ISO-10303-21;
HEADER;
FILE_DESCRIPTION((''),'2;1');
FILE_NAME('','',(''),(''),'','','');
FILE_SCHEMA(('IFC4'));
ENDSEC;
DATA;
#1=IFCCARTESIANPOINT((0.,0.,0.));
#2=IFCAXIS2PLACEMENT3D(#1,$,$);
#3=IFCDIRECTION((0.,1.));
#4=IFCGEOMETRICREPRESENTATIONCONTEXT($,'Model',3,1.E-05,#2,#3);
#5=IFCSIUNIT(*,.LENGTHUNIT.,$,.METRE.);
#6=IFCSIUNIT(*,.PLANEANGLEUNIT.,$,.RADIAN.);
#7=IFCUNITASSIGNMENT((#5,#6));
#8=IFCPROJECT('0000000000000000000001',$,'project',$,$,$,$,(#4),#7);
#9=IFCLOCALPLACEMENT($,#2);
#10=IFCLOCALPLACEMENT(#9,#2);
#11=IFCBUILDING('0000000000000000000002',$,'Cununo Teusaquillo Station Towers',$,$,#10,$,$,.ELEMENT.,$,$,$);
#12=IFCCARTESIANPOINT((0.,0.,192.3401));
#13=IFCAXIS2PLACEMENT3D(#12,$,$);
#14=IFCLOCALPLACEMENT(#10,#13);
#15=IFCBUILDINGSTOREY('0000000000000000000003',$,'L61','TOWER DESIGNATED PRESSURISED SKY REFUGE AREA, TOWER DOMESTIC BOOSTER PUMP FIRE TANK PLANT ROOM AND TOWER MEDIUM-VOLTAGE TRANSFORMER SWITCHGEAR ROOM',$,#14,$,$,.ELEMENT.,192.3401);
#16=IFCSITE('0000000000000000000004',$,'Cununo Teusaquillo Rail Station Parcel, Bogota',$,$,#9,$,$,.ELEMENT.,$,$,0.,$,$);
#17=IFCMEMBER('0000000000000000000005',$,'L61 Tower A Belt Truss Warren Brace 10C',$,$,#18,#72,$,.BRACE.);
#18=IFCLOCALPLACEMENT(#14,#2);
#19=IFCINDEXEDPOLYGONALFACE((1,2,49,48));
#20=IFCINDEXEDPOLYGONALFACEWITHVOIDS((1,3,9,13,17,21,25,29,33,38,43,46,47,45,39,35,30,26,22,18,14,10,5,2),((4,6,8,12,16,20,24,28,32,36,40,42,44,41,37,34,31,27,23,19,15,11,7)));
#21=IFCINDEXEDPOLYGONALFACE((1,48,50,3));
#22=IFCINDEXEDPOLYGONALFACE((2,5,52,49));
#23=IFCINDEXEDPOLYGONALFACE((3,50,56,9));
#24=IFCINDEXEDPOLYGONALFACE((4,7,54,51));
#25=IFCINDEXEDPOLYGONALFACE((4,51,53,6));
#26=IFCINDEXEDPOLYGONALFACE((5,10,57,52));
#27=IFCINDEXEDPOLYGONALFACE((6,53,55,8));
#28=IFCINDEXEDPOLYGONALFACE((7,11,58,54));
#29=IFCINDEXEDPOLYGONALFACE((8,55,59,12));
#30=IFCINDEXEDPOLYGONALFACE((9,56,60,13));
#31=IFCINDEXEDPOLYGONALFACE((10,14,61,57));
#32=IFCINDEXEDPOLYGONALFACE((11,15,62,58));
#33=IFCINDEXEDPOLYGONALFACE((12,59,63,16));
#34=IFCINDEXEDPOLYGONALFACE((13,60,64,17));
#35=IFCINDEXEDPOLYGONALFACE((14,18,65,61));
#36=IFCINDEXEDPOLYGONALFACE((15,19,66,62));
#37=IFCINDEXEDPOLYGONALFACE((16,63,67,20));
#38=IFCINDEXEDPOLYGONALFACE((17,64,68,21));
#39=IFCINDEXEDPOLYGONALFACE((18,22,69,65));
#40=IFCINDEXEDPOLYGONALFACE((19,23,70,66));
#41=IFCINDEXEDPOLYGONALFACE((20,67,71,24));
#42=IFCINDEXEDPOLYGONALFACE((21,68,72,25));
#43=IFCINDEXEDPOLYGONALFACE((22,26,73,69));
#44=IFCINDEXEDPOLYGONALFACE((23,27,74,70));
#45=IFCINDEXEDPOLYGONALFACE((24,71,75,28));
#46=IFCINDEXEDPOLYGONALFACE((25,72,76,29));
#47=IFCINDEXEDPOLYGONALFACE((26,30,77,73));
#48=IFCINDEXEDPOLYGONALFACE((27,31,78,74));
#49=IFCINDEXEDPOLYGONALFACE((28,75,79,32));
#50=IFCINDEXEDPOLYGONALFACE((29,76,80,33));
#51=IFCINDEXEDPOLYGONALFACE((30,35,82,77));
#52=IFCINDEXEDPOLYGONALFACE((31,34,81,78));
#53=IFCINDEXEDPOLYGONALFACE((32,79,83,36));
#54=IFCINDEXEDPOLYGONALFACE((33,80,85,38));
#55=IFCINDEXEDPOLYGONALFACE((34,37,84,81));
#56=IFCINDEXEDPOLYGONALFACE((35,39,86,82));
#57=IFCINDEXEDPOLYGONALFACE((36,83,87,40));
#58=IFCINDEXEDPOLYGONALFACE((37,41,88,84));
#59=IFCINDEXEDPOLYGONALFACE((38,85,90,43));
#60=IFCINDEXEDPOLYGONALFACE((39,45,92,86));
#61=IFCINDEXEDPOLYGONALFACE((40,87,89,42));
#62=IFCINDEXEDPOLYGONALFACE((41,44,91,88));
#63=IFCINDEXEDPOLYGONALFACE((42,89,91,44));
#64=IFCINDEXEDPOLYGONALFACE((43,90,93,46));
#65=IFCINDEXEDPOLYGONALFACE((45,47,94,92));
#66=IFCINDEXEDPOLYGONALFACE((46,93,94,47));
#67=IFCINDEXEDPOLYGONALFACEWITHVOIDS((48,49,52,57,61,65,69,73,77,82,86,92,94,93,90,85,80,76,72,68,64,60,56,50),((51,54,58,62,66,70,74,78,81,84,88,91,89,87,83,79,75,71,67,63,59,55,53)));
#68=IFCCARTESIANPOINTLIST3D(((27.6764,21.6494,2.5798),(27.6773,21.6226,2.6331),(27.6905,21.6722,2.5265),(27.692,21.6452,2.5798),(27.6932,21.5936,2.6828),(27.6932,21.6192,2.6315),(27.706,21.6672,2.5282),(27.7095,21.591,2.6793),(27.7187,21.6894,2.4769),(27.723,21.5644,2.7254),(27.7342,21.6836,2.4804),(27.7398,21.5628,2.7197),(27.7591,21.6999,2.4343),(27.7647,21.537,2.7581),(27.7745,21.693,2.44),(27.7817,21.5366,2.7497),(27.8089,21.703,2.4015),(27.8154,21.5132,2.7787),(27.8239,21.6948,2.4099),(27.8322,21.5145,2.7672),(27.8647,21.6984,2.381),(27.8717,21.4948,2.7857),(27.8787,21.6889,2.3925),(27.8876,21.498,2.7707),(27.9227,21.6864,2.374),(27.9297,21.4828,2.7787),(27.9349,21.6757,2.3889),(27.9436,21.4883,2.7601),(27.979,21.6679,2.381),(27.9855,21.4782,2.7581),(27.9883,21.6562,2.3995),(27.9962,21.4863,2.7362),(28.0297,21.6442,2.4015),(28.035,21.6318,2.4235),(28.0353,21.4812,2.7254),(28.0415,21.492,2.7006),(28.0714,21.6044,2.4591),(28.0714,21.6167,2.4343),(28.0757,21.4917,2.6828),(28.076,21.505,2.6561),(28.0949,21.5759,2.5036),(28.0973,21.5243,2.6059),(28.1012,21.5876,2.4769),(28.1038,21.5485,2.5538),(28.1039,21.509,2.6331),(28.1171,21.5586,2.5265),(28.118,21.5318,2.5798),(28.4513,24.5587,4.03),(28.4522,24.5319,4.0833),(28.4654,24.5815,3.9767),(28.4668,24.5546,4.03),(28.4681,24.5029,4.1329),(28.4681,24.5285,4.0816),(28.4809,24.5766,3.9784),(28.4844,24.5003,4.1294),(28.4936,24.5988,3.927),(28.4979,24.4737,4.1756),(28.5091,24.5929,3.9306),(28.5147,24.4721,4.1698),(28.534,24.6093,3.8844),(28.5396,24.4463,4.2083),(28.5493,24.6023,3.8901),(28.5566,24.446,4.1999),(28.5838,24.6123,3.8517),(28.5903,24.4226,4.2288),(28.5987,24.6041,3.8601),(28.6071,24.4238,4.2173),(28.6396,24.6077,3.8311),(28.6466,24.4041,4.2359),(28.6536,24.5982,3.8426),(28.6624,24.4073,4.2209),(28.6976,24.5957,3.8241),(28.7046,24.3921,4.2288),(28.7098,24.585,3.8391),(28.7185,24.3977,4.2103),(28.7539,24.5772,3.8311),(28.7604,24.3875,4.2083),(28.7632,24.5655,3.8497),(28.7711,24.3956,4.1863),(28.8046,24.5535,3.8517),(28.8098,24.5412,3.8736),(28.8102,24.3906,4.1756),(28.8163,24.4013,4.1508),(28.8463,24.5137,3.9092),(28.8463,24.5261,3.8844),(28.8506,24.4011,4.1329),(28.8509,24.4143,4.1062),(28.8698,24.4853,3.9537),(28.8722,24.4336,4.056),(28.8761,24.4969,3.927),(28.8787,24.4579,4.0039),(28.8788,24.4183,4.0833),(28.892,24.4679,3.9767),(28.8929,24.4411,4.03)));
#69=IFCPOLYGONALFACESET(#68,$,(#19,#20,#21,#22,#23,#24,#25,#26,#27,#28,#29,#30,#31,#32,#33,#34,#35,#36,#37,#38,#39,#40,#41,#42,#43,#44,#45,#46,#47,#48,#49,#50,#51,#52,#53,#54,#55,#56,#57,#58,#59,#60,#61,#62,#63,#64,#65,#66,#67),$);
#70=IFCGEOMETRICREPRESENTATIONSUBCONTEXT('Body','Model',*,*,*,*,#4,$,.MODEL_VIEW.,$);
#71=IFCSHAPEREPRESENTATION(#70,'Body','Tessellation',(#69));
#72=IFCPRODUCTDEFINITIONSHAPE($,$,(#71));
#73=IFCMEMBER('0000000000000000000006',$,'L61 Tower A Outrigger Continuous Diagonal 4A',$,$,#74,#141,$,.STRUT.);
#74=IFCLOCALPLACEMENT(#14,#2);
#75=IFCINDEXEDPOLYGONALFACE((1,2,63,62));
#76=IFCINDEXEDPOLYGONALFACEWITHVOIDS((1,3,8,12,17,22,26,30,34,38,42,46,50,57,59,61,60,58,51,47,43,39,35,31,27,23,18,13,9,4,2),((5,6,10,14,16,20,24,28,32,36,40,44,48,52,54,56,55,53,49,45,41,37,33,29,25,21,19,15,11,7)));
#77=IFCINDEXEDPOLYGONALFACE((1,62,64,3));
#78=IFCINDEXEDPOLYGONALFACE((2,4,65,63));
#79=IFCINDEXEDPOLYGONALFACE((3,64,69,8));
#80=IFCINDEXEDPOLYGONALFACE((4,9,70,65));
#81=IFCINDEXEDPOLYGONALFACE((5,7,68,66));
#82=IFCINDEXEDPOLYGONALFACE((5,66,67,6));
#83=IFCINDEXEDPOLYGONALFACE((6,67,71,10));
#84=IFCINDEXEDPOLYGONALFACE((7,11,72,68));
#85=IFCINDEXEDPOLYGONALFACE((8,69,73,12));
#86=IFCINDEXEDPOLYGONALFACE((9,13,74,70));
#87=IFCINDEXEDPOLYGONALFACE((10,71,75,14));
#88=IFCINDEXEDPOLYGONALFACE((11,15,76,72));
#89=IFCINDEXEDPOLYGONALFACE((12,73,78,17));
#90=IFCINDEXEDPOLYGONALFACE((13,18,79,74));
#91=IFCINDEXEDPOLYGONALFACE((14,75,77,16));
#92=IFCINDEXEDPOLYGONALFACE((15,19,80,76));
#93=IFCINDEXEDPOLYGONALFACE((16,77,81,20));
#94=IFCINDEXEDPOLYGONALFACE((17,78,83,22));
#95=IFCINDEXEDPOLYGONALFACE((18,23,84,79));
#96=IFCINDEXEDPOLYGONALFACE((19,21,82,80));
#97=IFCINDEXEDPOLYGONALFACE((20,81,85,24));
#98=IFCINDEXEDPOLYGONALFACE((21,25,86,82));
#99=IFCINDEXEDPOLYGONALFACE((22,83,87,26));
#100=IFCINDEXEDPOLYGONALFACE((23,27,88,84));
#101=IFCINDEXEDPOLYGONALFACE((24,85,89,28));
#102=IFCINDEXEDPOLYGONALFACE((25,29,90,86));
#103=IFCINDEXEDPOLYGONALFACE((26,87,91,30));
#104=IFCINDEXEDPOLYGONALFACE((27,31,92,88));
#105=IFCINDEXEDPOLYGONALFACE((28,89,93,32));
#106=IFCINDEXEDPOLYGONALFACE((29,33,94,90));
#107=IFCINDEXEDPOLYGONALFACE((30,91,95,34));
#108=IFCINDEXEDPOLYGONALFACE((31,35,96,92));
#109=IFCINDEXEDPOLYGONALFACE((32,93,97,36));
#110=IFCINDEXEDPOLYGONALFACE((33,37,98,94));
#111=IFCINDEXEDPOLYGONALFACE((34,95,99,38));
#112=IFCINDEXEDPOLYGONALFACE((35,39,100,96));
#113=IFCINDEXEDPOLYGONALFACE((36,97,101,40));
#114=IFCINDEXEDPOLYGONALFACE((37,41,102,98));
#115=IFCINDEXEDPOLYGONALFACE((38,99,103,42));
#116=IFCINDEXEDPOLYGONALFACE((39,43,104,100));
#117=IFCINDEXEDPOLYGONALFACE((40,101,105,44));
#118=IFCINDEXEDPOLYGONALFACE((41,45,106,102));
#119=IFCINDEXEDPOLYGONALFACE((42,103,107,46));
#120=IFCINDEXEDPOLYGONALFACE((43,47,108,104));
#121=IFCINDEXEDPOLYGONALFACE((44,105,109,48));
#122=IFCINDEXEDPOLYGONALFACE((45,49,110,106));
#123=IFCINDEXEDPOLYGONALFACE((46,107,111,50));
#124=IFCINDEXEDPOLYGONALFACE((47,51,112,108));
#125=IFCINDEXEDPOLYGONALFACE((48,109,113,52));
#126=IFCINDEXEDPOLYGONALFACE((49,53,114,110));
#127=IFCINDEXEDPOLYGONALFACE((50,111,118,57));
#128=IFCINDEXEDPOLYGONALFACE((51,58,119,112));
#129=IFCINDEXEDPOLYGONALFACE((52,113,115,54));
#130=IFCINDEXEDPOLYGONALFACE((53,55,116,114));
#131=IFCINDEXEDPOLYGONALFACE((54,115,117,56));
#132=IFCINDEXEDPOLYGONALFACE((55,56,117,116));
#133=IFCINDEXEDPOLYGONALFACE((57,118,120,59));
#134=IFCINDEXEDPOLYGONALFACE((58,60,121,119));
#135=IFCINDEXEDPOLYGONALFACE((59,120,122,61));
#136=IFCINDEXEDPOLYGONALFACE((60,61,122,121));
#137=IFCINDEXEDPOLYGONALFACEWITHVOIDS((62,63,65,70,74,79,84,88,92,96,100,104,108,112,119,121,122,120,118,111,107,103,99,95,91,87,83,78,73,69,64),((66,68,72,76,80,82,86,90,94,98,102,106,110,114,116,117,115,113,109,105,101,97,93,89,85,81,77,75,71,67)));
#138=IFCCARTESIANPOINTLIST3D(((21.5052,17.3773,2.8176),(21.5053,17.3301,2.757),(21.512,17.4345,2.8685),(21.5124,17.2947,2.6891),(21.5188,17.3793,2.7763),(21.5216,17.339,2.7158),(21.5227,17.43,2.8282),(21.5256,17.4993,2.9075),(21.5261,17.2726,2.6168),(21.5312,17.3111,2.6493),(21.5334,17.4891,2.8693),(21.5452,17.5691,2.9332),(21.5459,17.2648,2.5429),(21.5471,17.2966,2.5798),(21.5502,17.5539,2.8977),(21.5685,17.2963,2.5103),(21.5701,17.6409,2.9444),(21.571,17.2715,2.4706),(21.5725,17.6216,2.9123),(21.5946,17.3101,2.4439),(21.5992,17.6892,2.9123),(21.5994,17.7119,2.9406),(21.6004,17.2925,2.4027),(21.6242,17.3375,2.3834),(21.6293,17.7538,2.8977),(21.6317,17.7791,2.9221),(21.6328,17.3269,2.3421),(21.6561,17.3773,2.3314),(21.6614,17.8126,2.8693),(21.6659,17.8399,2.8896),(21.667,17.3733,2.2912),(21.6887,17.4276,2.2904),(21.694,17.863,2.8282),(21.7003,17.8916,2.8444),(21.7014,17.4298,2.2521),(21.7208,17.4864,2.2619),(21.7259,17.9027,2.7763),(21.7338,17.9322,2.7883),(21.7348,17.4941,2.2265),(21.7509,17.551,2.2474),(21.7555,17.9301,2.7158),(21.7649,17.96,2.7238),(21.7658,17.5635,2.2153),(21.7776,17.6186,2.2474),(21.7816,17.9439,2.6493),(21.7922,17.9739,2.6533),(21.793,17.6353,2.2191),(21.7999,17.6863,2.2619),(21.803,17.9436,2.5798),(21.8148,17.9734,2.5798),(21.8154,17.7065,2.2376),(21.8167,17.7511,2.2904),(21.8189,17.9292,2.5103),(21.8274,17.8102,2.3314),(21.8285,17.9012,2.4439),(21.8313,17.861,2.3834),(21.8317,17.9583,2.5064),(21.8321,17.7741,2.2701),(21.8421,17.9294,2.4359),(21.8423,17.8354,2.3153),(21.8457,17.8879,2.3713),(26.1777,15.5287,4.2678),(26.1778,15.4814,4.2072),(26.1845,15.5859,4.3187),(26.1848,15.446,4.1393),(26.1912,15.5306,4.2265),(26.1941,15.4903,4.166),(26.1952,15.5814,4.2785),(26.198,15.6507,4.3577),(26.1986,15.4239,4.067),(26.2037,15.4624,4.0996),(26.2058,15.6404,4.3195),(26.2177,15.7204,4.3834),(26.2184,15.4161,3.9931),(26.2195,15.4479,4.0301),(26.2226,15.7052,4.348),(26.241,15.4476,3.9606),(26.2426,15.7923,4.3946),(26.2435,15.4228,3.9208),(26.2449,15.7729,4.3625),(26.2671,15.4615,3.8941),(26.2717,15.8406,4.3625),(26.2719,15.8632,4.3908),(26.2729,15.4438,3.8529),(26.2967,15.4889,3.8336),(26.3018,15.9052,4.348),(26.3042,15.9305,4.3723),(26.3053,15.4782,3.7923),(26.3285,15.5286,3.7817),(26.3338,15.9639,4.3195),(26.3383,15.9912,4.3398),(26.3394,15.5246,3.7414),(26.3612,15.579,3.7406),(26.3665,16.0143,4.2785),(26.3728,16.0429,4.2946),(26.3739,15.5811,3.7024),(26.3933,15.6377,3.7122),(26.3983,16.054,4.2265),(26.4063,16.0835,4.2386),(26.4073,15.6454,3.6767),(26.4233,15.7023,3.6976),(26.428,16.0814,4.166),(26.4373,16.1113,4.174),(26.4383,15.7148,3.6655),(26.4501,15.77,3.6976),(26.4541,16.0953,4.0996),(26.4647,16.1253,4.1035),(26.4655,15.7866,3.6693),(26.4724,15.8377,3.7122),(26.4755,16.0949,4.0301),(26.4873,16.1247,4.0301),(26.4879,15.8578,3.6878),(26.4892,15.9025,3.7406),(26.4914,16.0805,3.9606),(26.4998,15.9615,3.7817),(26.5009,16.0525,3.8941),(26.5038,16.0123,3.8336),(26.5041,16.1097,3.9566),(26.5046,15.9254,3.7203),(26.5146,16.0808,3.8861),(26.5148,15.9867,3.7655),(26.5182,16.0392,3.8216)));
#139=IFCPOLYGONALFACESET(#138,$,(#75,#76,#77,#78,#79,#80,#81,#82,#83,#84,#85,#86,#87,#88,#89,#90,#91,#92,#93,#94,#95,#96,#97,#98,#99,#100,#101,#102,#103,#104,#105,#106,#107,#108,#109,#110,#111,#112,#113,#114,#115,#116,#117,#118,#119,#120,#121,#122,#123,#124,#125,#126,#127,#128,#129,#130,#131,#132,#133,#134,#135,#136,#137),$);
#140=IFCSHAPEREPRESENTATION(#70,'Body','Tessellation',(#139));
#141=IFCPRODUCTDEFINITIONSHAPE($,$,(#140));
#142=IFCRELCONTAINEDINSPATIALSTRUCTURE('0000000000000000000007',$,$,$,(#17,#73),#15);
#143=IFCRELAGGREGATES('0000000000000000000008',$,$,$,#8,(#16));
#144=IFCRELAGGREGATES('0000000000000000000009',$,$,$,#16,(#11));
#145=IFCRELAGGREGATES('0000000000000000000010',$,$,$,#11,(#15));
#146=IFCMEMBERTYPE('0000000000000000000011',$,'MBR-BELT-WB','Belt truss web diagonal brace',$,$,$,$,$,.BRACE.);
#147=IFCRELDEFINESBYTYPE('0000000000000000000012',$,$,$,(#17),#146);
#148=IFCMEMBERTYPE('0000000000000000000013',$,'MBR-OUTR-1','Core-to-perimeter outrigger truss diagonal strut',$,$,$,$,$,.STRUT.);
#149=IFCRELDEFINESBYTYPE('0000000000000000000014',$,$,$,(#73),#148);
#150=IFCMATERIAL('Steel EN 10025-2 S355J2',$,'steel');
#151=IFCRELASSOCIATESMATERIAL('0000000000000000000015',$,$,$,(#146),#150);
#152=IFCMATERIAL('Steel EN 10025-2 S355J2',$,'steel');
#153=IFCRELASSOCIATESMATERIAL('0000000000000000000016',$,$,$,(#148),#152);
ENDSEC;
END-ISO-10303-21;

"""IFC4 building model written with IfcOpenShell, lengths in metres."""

from ifc_helpers import new_model, si_unit, direction, frame, origin, origin_2d, place, context, subcontext, project, spatial, hollow_circle, extrude, material, material_profile, profile_set, type_object, element, save


model = new_model("IFC4")

# Units and contexts
model_context = context("Model", 3, precision=1e-05, world=origin(), true_north=direction((0.0, 1.0)))
body_context = subcontext(model_context, "Body", "Model", "MODEL_VIEW")
ifc_project = project(units=[si_unit("LENGTHUNIT", "METRE"), si_unit("PLANEANGLEUNIT", "RADIAN")], contexts=[model_context])

# Site, building, storey
site_placement = place(None, origin())
site = spatial("IfcSite", under=ifc_project, at=site_placement, Name="Cununo Teusaquillo Rail Station Parcel, Bogota", CompositionType="ELEMENT", RefElevation=0.0)
building_placement = place(site_placement, origin())
building = spatial("IfcBuilding", under=site, at=building_placement, Name="Cununo Teusaquillo Station Towers", CompositionType="ELEMENT")
storey_placement = place(building_placement, frame((0.0, 0.0, 192.3401)))
storey = spatial("IfcBuildingStorey", under=building, at=storey_placement, Name="L61", Description="TOWER DESIGNATED PRESSURISED SKY REFUGE AREA, TOWER DOMESTIC BOOSTER PUMP FIRE TANK PLANT ROOM AND TOWER MEDIUM-VOLTAGE TRANSFORMER SWITCHGEAR ROOM", CompositionType="ELEMENT", Elevation=192.3401)

# Members
ifc_material_1 = material(Name="Steel EN 10025-2 S355J2", Category="steel")
ifc_material_profile_1 = material_profile(ifc_material_1, hollow_circle(Radius=0.2285, WallThickness=0.0161, at=origin_2d()), Name="CHS 457x16")
ifc_profile_set_1 = profile_set([ifc_material_profile_1], Name="Steel EN 10025-2 S355J2")
member_type_1 = type_object("IfcMemberType", Name="MBR-BELT-WB", Description="Belt truss web diagonal brace", PredefinedType="BRACE", material=ifc_profile_set_1)
member_1_placement = place(storey_placement, frame((27.8972, 21.5906, 2.5798), z_axis=(0.231875, 0.87059, 0.433944), x_axis=(-0.966313, 0.25737, 0.0)))
element("IfcMember", 1, at=member_1_placement, inside=storey, type_object=member_type_1, Name="L61 Tower A Belt Truss Warren Brace 10C", PredefinedType="BRACE", context=body_context, shape_type="SweptSolid", body=[
    extrude(hollow_circle(Radius=0.2285, WallThickness=0.0161, at=origin_2d()), origin(), (0.0, 0.0, 1.0), 3.3418),
])
ifc_material_2 = material(Name="Steel EN 10025-2 S355J2", Category="steel")
ifc_material_profile_2 = material_profile(ifc_material_2, hollow_circle(Radius=0.3799, WallThickness=0.032, at=origin_2d()), Name="CHS 760x32")
ifc_profile_set_2 = profile_set([ifc_material_profile_2], Name="Steel EN 10025-2 S355J2")
member_type_2 = type_object("IfcMemberType", Name="MBR-OUTR-1", Description="Core-to-perimeter outrigger truss diagonal strut", PredefinedType="STRUT", material=ifc_profile_set_2)
member_2_placement = place(storey_placement, frame((21.675, 17.6201, 2.5798), z_axis=(0.8934, -0.353476, 0.277291), x_axis=(0.367903, 0.929864, 0.0)))
element("IfcMember", 2, at=member_2_placement, inside=storey, type_object=member_type_2, Name="L61 Tower A Outrigger Continuous Diagonal 4A", PredefinedType="STRUT", context=body_context, shape_type="SweptSolid", body=[
    extrude(hollow_circle(Radius=0.3799, WallThickness=0.032, at=origin_2d()), origin(), (0.0, 0.0, 1.0), 5.23),
])

save(model, "model.ifc")
